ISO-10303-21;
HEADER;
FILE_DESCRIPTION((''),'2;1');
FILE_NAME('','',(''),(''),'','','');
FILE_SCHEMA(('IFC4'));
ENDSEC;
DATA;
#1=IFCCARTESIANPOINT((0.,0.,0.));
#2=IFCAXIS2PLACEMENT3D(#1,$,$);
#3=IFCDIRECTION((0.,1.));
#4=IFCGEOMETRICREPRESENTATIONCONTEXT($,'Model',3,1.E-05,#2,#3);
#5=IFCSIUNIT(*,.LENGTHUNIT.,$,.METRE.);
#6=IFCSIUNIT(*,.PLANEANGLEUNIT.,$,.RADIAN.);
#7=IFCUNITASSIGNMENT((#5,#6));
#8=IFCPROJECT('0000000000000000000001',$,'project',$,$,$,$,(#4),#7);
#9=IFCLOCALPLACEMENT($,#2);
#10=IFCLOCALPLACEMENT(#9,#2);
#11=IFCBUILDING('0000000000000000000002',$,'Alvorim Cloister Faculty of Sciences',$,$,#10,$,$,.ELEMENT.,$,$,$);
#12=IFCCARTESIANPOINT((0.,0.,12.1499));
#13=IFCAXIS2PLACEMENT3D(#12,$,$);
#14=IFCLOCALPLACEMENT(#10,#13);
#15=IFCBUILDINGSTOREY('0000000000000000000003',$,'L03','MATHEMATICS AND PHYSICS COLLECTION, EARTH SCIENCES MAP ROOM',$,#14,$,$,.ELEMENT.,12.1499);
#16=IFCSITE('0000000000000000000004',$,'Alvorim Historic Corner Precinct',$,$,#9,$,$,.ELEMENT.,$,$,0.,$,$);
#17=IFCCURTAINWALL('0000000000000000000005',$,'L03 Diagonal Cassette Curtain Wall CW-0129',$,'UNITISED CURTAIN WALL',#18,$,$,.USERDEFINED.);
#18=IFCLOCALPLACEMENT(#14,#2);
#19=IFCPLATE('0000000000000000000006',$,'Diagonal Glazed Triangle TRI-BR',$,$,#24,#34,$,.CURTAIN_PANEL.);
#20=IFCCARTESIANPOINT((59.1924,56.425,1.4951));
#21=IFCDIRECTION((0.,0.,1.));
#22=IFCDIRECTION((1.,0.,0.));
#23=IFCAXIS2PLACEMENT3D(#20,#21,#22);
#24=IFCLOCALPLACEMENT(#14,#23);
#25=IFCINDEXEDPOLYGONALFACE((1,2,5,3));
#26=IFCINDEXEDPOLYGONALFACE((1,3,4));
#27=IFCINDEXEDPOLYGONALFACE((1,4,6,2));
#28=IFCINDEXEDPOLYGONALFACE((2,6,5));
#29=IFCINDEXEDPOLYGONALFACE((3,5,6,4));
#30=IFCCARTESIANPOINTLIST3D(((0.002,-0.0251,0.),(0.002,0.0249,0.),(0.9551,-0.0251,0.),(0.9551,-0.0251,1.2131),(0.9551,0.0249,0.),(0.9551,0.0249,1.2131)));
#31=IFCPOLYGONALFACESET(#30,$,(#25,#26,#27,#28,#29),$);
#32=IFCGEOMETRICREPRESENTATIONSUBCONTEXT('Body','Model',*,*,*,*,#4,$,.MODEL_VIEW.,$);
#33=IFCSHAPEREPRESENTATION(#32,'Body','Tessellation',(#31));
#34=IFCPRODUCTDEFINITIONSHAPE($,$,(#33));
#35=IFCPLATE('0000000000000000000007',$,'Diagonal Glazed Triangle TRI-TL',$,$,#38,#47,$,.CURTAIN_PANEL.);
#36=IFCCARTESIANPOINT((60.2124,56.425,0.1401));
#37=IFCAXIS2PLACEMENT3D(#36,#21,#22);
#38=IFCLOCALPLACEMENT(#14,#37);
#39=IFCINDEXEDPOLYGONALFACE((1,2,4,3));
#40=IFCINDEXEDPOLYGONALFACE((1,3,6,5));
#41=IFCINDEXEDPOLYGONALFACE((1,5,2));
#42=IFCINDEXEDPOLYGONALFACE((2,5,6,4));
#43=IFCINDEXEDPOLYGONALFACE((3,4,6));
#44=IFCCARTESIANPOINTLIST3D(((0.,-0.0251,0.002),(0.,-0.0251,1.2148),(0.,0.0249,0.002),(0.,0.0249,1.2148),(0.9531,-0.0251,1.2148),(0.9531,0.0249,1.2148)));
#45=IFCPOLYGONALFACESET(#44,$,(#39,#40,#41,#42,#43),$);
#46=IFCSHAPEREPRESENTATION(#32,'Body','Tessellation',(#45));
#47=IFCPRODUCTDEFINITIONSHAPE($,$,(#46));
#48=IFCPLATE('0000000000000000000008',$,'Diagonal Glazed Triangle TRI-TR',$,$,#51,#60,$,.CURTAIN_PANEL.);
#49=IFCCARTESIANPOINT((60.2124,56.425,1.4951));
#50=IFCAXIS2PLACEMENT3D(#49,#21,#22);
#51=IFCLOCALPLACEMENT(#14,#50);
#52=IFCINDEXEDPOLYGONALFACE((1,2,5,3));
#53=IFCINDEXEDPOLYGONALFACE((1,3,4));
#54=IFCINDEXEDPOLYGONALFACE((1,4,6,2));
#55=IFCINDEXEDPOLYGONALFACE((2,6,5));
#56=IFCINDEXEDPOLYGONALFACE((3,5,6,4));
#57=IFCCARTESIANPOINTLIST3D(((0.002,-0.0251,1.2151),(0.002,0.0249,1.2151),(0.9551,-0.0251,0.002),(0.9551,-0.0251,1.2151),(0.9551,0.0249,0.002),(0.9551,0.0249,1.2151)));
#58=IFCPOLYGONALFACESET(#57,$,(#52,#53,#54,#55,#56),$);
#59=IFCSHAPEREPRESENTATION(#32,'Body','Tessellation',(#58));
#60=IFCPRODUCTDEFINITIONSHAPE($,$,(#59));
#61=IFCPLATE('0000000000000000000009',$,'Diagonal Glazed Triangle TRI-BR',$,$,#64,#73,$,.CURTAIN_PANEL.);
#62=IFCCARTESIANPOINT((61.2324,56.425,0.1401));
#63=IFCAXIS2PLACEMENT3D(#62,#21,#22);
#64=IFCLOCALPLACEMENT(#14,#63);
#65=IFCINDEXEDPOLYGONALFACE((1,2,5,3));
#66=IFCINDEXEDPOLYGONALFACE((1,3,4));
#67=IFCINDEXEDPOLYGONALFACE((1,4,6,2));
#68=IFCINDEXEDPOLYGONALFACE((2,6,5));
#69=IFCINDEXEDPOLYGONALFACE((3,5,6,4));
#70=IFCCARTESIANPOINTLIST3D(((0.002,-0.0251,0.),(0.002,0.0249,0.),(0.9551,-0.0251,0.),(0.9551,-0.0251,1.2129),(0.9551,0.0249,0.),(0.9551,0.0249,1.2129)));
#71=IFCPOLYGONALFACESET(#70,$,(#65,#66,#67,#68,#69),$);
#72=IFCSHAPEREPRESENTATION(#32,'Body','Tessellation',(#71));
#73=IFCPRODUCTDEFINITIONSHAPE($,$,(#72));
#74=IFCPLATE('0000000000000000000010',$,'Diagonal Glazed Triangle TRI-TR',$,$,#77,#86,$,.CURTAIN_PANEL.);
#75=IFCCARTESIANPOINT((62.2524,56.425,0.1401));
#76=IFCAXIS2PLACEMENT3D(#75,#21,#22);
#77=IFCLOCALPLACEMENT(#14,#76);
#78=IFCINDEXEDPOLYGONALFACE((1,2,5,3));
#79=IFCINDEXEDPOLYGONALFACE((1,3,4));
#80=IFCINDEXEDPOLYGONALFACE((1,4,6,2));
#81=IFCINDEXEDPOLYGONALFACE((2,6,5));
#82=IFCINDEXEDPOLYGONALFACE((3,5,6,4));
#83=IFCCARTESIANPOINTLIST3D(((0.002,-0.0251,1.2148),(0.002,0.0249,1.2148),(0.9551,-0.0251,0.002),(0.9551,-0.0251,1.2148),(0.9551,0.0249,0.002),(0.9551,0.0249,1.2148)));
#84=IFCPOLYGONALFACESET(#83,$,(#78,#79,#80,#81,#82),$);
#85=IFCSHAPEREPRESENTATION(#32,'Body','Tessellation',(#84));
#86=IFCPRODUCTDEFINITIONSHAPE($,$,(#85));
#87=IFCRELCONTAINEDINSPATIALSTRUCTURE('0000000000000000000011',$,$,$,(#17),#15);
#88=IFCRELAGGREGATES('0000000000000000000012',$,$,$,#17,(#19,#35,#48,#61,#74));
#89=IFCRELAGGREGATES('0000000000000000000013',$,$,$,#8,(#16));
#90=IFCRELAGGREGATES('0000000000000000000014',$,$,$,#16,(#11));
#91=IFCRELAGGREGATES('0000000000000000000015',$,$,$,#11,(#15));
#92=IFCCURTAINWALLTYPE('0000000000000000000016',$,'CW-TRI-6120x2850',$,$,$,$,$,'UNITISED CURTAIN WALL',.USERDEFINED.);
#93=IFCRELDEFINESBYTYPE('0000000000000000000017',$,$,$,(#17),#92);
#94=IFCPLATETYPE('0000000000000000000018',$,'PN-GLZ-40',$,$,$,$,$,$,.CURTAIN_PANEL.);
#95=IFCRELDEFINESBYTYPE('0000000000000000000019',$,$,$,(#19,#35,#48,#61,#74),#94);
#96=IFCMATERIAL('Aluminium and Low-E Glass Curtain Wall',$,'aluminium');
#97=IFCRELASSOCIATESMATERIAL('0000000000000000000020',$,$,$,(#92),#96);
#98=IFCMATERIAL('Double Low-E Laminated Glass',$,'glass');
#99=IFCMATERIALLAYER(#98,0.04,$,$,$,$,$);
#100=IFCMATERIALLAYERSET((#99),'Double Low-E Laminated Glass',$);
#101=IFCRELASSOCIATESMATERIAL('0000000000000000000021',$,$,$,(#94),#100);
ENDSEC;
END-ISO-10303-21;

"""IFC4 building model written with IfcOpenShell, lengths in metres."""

from ifc_helpers import new_model, si_unit, direction, frame, origin, place, context, subcontext, project, spatial, polyline, outline, extrude, material, layer, layer_set, type_object, element, aggregate, save


model = new_model("IFC4")

# Units and contexts
model_context = context("Model", 3, precision=1e-05, world=origin(), true_north=direction((0.0, 1.0)))
body_context = subcontext(model_context, "Body", "Model", "MODEL_VIEW")
ifc_project = project(units=[si_unit("LENGTHUNIT", "METRE"), si_unit("PLANEANGLEUNIT", "RADIAN")], contexts=[model_context])

# Site, building, storey
site_placement = place(None, origin())
site = spatial("IfcSite", under=ifc_project, at=site_placement, Name="Alvorim Historic Corner Precinct", CompositionType="ELEMENT", RefElevation=0.0)
building_placement = place(site_placement, origin())
building = spatial("IfcBuilding", under=site, at=building_placement, Name="Alvorim Cloister Faculty of Sciences", CompositionType="ELEMENT")
storey_placement = place(building_placement, frame((0.0, 0.0, 12.1499)))
storey = spatial("IfcBuildingStorey", under=building, at=storey_placement, Name="L03", Description="MATHEMATICS AND PHYSICS COLLECTION, EARTH SCIENCES MAP ROOM", CompositionType="ELEMENT", Elevation=12.1499)

# Curtain wall, plates
ifc_material_1 = material(Name="Aluminium and Low-E Glass Curtain Wall", Category="aluminium")
curtain_wall_type = type_object("IfcCurtainWallType", Name="CW-TRI-6120x2850", ElementType="UNITISED CURTAIN WALL", PredefinedType="USERDEFINED", material=ifc_material_1)
curtain_wall_placement = place(storey_placement, origin())
curtain_wall = element("IfcCurtainWall", 1, at=curtain_wall_placement, inside=storey, type_object=curtain_wall_type, Name="L03 Diagonal Cassette Curtain Wall CW-0129", ObjectType="UNITISED CURTAIN WALL", PredefinedType="USERDEFINED")
ifc_material_2 = material(Name="Double Low-E Laminated Glass", Category="glass")
ifc_layer = layer(ifc_material_2, 0.04)
ifc_layer_set = layer_set([ifc_layer], Name="Double Low-E Laminated Glass")
plate_type = type_object("IfcPlateType", Name="PN-GLZ-40", PredefinedType="CURTAIN_PANEL", material=ifc_layer_set)
plate_1_placement = place(storey_placement, frame((59.1924, 56.425, 1.4951), z_axis=(0.0, 0.0, 1.0), x_axis=(1.0, 0.0, 0.0)))
plate_1 = element("IfcPlate", 2, at=plate_1_placement, type_object=plate_type, Name="Diagonal Glazed Triangle TRI-BR", PredefinedType="CURTAIN_PANEL", context=body_context, shape_type="SweptSolid", body=[
    extrude(outline(polyline([(0.002, 0.0), (0.9551, 0.0), (0.9551, 1.2131), (0.002, 0.0)])), frame((0.0, 0.0249, 0.0), z_axis=(0.0, -1.0, 0.0), x_axis=(1.0, 0.0, 0.0)), (0.0, 0.0, 1.0), 0.05),
])
plate_2_placement = place(storey_placement, frame((60.2124, 56.425, 0.1401), z_axis=(0.0, 0.0, 1.0), x_axis=(1.0, 0.0, 0.0)))
plate_2 = element("IfcPlate", 3, at=plate_2_placement, type_object=plate_type, Name="Diagonal Glazed Triangle TRI-TL", PredefinedType="CURTAIN_PANEL", context=body_context, shape_type="SweptSolid", body=[
    extrude(outline(polyline([(0.9531, 1.2148), (0.0, 1.2148), (0.0, 0.002), (0.9531, 1.2148)])), frame((0.0, 0.0249, 0.0), z_axis=(0.0, -1.0, 0.0), x_axis=(1.0, 0.0, 0.0)), (0.0, 0.0, 1.0), 0.05),
])
plate_3_placement = place(storey_placement, frame((60.2124, 56.425, 1.4951), z_axis=(0.0, 0.0, 1.0), x_axis=(1.0, 0.0, 0.0)))
plate_3 = element("IfcPlate", 4, at=plate_3_placement, type_object=plate_type, Name="Diagonal Glazed Triangle TRI-TR", PredefinedType="CURTAIN_PANEL", context=body_context, shape_type="SweptSolid", body=[
    extrude(outline(polyline([(0.9551, 0.002), (0.9551, 1.2151), (0.002, 1.2151), (0.9551, 0.002)])), frame((0.0, 0.0249, 0.0), z_axis=(0.0, -1.0, 0.0), x_axis=(1.0, 0.0, 0.0)), (0.0, 0.0, 1.0), 0.05),
])
plate_4_placement = place(storey_placement, frame((61.2324, 56.425, 0.1401), z_axis=(0.0, 0.0, 1.0), x_axis=(1.0, 0.0, 0.0)))
plate_4 = element("IfcPlate", 5, at=plate_4_placement, type_object=plate_type, Name="Diagonal Glazed Triangle TRI-BR", PredefinedType="CURTAIN_PANEL", context=body_context, shape_type="SweptSolid", body=[
    extrude(outline(polyline([(0.002, 0.0), (0.9551, 0.0), (0.9551, 1.2129), (0.002, 0.0)])), frame((0.0, 0.0249, 0.0), z_axis=(0.0, -1.0, 0.0), x_axis=(1.0, 0.0, 0.0)), (0.0, 0.0, 1.0), 0.05),
])
plate_5_placement = place(storey_placement, frame((62.2524, 56.425, 0.1401), z_axis=(0.0, 0.0, 1.0), x_axis=(1.0, 0.0, 0.0)))
plate_5 = element("IfcPlate", 6, at=plate_5_placement, type_object=plate_type, Name="Diagonal Glazed Triangle TRI-TR", PredefinedType="CURTAIN_PANEL", context=body_context, shape_type="SweptSolid", body=[
    extrude(outline(polyline([(0.9551, 0.002), (0.9551, 1.2148), (0.002, 1.2148), (0.9551, 0.002)])), frame((0.0, 0.0249, 0.0), z_axis=(0.0, -1.0, 0.0), x_axis=(1.0, 0.0, 0.0)), (0.0, 0.0, 1.0), 0.05),
])
aggregate(curtain_wall, [plate_1, plate_2, plate_3, plate_4, plate_5])

save(model, "model.ifc")
